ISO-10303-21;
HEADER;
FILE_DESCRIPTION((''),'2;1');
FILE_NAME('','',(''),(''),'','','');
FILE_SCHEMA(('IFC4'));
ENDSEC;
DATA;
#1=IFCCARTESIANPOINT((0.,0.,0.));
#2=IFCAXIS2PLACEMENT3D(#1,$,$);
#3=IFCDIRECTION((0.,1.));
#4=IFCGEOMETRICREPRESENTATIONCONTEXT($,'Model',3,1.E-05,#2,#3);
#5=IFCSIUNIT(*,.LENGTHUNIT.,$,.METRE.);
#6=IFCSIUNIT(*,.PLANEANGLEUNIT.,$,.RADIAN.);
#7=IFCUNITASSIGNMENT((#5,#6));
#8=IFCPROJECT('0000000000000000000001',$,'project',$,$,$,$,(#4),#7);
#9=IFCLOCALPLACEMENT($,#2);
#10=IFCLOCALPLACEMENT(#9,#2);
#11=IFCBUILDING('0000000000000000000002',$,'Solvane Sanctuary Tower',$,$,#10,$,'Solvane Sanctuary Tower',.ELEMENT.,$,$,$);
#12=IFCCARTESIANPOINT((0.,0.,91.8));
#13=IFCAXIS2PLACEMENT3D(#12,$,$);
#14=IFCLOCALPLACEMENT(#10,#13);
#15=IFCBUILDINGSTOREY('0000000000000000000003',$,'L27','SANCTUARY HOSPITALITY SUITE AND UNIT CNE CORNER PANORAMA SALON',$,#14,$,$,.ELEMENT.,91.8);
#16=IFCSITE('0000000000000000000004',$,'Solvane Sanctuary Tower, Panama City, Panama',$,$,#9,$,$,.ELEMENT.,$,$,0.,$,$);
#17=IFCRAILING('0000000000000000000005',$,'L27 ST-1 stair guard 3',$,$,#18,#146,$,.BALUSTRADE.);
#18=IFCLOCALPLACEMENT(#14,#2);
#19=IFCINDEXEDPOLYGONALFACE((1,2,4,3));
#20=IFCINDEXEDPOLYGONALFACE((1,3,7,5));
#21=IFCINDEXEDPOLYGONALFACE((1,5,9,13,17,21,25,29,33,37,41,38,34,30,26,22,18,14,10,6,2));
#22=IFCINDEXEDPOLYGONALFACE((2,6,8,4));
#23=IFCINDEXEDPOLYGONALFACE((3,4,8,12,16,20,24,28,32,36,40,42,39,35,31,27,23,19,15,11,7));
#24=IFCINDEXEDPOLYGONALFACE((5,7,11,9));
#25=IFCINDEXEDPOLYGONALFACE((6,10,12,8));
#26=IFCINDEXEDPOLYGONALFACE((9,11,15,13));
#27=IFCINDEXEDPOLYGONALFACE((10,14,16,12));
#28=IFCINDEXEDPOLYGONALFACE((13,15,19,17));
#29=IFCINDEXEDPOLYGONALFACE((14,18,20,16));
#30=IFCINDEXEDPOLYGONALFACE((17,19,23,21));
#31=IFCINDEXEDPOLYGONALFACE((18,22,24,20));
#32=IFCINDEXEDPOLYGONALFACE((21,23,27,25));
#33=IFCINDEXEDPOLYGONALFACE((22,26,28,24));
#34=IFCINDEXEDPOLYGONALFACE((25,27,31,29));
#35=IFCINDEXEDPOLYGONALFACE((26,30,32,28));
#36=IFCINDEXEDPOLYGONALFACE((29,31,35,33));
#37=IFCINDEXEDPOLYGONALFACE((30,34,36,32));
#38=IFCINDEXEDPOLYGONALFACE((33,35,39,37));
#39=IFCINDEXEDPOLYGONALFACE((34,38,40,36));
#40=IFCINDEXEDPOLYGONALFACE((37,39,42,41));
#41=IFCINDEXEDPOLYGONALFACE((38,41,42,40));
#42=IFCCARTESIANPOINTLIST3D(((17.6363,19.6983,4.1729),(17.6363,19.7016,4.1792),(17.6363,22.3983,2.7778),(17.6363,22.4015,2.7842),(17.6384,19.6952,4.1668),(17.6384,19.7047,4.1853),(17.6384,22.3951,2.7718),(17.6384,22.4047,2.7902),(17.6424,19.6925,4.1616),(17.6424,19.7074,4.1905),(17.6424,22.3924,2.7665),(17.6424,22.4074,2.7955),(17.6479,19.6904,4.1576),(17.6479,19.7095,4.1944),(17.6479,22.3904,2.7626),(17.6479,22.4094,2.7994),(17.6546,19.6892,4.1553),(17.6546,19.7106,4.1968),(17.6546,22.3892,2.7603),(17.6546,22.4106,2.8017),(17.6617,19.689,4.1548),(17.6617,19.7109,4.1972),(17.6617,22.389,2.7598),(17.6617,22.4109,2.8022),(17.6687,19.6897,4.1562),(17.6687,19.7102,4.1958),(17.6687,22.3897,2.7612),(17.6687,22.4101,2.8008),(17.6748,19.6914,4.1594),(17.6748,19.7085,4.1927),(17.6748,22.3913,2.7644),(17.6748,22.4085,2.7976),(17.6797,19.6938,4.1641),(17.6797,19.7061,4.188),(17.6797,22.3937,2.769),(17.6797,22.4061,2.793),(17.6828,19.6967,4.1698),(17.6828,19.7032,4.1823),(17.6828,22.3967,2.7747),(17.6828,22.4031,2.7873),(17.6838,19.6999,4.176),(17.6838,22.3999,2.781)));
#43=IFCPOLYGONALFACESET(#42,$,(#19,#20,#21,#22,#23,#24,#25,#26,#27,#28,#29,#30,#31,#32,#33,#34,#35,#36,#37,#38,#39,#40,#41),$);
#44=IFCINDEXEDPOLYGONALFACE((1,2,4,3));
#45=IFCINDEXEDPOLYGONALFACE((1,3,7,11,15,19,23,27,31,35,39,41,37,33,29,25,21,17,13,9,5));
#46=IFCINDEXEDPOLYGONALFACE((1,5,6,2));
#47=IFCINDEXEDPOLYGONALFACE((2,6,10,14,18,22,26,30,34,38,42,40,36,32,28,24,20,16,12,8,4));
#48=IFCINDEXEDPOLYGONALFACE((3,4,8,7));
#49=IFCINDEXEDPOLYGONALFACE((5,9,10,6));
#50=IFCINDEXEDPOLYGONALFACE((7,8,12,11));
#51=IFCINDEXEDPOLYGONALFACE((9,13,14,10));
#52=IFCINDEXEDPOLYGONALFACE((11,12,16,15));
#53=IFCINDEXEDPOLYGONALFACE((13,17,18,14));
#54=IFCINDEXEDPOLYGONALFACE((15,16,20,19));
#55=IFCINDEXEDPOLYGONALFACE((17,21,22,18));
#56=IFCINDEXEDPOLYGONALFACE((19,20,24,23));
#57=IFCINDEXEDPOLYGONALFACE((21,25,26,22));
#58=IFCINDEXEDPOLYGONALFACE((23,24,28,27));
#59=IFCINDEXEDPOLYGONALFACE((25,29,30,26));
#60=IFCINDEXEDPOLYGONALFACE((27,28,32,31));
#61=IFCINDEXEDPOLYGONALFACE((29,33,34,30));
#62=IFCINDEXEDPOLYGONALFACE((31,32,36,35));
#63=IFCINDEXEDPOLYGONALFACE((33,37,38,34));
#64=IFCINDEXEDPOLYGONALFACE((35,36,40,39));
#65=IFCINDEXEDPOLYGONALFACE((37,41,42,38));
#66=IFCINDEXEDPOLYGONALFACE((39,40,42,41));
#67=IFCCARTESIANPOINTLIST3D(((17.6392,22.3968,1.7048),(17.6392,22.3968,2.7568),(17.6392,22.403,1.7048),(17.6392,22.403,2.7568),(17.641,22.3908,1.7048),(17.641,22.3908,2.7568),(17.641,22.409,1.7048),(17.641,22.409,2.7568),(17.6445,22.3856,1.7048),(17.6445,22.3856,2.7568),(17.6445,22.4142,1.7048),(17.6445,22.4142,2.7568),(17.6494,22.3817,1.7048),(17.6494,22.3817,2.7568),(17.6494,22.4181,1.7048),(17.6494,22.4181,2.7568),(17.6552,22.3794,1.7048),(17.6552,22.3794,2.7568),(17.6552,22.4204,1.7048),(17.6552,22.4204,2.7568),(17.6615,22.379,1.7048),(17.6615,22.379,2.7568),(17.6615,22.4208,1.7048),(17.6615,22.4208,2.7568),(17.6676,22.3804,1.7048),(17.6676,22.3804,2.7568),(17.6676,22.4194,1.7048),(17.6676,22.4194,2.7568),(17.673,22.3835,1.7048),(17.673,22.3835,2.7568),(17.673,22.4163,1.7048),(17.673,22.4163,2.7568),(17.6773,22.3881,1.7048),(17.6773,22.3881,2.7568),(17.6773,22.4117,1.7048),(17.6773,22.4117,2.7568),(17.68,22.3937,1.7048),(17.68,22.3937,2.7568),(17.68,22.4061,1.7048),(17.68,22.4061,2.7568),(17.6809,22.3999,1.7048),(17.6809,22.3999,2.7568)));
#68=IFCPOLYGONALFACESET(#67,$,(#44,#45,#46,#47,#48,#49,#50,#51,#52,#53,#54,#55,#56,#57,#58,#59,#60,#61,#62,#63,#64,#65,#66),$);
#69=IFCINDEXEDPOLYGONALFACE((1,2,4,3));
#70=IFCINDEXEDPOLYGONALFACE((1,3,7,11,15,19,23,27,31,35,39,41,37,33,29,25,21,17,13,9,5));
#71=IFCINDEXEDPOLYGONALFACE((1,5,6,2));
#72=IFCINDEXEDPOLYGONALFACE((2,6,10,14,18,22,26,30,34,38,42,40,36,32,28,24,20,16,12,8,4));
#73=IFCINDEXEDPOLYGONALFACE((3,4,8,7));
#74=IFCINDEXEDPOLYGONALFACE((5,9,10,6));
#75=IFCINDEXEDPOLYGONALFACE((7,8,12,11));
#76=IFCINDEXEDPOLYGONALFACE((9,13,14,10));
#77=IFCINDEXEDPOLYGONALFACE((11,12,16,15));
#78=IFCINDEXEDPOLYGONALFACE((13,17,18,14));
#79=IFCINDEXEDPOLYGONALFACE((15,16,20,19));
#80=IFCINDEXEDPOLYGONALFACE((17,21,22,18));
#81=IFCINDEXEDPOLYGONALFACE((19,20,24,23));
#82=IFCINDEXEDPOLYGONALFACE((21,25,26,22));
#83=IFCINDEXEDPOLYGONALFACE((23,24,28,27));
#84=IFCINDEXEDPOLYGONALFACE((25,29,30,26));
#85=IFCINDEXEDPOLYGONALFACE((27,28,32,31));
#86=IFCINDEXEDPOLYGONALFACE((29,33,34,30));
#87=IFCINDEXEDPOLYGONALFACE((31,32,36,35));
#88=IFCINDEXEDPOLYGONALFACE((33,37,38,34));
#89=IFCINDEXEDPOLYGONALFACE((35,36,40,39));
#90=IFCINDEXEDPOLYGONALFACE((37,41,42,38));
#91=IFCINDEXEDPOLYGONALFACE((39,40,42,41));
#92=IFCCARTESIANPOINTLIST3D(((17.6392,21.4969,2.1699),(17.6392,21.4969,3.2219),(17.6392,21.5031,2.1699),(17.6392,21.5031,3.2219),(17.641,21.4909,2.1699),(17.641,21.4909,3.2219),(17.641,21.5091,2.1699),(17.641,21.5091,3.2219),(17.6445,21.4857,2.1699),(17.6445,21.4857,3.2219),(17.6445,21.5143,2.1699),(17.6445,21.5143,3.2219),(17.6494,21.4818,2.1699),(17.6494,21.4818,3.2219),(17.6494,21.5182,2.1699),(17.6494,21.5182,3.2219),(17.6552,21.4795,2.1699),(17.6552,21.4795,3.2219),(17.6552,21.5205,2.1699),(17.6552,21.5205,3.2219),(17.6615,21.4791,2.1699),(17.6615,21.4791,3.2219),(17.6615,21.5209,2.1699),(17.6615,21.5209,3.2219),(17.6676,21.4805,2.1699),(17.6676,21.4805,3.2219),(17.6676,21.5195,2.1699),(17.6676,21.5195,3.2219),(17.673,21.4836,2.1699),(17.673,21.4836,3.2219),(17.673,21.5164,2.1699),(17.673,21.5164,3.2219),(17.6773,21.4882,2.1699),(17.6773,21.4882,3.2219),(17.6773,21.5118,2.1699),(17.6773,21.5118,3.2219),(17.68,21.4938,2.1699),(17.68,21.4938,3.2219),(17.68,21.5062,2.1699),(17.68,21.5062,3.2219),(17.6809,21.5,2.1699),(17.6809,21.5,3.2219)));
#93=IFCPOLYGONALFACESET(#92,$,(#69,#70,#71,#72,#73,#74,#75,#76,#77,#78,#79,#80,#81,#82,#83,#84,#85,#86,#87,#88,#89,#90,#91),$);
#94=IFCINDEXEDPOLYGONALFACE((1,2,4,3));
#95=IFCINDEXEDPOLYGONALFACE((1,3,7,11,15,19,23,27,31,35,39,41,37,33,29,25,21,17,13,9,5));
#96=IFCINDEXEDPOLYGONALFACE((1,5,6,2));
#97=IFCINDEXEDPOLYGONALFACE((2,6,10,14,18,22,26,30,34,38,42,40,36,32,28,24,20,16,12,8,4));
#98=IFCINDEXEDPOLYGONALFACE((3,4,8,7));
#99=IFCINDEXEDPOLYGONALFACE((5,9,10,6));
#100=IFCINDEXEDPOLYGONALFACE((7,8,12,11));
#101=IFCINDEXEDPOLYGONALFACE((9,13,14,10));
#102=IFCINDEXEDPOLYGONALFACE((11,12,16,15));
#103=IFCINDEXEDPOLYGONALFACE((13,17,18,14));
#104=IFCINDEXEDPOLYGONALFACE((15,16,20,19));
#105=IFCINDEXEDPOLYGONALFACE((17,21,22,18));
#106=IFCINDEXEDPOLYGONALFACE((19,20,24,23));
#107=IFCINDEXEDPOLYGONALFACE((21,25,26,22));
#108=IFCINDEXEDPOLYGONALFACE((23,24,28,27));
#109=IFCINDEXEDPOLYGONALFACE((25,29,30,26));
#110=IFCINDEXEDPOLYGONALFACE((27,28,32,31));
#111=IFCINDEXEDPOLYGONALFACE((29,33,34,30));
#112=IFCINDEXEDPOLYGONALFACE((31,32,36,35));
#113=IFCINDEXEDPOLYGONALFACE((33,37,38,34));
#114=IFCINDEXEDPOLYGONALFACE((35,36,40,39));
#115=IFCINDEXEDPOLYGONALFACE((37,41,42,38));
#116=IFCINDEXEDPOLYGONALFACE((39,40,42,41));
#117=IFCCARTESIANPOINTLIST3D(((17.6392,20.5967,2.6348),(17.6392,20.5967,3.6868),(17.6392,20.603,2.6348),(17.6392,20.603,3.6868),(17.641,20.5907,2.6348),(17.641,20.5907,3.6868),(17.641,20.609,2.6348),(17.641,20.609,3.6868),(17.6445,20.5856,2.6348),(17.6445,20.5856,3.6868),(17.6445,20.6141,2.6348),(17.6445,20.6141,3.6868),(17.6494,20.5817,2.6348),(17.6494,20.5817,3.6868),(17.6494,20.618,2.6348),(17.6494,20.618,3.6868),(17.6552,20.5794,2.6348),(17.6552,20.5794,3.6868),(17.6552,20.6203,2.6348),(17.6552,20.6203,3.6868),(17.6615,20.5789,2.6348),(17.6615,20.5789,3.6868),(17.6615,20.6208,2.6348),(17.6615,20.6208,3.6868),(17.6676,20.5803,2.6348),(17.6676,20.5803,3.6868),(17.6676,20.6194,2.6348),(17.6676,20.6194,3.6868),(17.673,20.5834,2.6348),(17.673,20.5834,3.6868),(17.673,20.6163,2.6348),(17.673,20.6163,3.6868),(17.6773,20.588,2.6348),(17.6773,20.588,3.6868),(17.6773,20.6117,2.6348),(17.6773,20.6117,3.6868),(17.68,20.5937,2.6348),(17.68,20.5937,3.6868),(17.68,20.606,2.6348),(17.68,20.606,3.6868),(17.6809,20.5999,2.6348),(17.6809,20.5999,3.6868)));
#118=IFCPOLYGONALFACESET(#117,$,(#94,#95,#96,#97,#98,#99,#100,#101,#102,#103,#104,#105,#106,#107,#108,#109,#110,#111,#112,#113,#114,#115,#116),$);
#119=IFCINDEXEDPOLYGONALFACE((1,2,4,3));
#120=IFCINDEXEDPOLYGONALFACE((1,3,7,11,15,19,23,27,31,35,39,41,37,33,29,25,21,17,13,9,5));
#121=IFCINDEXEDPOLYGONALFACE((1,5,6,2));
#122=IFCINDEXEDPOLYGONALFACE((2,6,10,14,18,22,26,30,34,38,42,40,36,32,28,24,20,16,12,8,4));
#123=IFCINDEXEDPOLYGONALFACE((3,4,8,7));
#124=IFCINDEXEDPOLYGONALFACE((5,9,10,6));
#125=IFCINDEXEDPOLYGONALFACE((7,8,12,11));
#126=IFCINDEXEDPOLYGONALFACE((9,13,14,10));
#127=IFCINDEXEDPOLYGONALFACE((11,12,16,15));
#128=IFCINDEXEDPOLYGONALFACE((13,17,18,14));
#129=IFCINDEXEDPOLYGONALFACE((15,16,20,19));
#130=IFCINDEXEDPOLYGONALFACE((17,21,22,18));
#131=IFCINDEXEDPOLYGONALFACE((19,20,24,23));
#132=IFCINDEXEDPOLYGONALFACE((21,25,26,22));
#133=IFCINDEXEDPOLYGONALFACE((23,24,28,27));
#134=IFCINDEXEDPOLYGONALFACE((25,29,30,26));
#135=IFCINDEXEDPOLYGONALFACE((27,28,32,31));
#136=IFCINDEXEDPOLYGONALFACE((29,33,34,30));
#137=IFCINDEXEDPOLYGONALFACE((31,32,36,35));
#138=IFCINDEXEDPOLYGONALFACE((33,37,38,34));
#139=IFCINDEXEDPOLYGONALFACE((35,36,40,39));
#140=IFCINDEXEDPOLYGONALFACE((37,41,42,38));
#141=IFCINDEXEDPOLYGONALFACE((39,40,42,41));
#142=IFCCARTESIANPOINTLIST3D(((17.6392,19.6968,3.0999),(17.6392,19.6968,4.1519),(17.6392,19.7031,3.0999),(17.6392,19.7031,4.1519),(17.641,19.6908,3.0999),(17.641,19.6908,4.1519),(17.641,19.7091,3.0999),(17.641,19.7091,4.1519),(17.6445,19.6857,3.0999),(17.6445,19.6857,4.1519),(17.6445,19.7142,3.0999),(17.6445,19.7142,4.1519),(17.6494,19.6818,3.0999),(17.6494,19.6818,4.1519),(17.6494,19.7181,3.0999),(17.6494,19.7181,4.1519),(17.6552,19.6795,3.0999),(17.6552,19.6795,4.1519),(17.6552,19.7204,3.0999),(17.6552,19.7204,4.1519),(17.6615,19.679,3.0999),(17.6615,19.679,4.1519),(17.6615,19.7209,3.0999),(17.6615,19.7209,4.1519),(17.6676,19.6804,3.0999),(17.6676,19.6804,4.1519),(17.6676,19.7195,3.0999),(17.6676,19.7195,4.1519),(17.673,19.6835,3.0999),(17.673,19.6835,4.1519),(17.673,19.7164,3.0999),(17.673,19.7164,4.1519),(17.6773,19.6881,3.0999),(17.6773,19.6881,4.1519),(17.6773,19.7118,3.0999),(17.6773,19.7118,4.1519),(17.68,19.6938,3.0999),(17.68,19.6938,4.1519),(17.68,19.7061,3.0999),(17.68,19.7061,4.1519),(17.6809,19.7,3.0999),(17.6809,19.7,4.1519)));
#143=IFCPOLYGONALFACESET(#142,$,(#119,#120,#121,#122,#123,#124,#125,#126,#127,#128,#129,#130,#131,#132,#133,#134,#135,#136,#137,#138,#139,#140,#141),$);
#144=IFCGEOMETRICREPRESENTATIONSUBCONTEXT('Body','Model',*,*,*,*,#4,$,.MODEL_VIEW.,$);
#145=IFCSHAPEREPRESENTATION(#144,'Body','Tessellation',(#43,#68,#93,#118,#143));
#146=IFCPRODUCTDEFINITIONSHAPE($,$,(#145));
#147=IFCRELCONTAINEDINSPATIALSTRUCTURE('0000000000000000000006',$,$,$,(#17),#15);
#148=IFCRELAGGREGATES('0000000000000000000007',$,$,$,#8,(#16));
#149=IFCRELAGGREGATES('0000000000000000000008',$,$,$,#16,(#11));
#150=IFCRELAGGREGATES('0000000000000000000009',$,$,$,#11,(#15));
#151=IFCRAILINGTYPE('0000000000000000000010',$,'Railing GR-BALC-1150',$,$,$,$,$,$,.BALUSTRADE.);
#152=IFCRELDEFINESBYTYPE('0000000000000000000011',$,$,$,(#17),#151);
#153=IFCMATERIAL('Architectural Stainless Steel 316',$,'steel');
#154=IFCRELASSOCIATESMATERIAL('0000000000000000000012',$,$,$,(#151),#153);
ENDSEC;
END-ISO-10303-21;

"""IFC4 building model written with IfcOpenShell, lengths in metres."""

from ifc_helpers import new_model, si_unit, direction, frame, origin, origin_2d, place, context, subcontext, project, spatial, circle, extrude, material, type_object, element, save


model = new_model("IFC4")

# Units and contexts
model_context = context("Model", 3, precision=1e-05, world=origin(), true_north=direction((0.0, 1.0)))
body_context = subcontext(model_context, "Body", "Model", "MODEL_VIEW")
ifc_project = project(units=[si_unit("LENGTHUNIT", "METRE"), si_unit("PLANEANGLEUNIT", "RADIAN")], contexts=[model_context])

# Site, building, storey
site_placement = place(None, origin())
site = spatial("IfcSite", under=ifc_project, at=site_placement, Name="Solvane Sanctuary Tower, Panama City, Panama", CompositionType="ELEMENT", RefElevation=0.0)
building_placement = place(site_placement, origin())
building = spatial("IfcBuilding", under=site, at=building_placement, Name="Solvane Sanctuary Tower", LongName="Solvane Sanctuary Tower", CompositionType="ELEMENT")
storey_placement = place(building_placement, frame((0.0, 0.0, 91.8)))
storey = spatial("IfcBuildingStorey", under=building, at=storey_placement, Name="L27", Description="SANCTUARY HOSPITALITY SUITE AND UNIT CNE CORNER PANORAMA SALON", CompositionType="ELEMENT", Elevation=91.8)

# Shared definitions
ifc_material_1 = material(Name="Architectural Stainless Steel 316", Category="steel")

# Railing
railing_type_1 = type_object("IfcRailingType", Name="Railing GR-BALC-1150", PredefinedType="BALUSTRADE", material=ifc_material_1)
railing_1_placement = place(storey_placement, frame((17.6599, 22.3999, 1.7048)))
element("IfcRailing", 1, at=railing_1_placement, inside=storey, type_object=railing_type_1, Name="L27 ST-1 stair guard 3", PredefinedType="BALUSTRADE", context=body_context, shape_type="SweptSolid", body=[
    extrude(circle(Radius=0.0239, at=origin_2d()), frame((0.0, 0.0, 1.0762), z_axis=(0.0, -0.88842, 0.459032), x_axis=(1.0, 0.0, 0.0)), (0.0, 0.0, 1.0), 3.0391),
    extrude(circle(Radius=0.021, at=origin_2d()), origin(), (0.0, 0.0, 1.0), 1.052),
    extrude(circle(Radius=0.021, at=origin_2d()), frame((0.0, -0.8999, 0.4651)), (0.0, 0.0, 1.0), 1.052),
    extrude(circle(Radius=0.021, at=origin_2d()), frame((0.0, -1.8, 0.9299)), (0.0, 0.0, 1.0), 1.052),
    extrude(circle(Radius=0.021, at=origin_2d()), frame((0.0, -2.7, 1.395)), (0.0, 0.0, 1.0), 1.052),
])

save(model, "model.ifc")
